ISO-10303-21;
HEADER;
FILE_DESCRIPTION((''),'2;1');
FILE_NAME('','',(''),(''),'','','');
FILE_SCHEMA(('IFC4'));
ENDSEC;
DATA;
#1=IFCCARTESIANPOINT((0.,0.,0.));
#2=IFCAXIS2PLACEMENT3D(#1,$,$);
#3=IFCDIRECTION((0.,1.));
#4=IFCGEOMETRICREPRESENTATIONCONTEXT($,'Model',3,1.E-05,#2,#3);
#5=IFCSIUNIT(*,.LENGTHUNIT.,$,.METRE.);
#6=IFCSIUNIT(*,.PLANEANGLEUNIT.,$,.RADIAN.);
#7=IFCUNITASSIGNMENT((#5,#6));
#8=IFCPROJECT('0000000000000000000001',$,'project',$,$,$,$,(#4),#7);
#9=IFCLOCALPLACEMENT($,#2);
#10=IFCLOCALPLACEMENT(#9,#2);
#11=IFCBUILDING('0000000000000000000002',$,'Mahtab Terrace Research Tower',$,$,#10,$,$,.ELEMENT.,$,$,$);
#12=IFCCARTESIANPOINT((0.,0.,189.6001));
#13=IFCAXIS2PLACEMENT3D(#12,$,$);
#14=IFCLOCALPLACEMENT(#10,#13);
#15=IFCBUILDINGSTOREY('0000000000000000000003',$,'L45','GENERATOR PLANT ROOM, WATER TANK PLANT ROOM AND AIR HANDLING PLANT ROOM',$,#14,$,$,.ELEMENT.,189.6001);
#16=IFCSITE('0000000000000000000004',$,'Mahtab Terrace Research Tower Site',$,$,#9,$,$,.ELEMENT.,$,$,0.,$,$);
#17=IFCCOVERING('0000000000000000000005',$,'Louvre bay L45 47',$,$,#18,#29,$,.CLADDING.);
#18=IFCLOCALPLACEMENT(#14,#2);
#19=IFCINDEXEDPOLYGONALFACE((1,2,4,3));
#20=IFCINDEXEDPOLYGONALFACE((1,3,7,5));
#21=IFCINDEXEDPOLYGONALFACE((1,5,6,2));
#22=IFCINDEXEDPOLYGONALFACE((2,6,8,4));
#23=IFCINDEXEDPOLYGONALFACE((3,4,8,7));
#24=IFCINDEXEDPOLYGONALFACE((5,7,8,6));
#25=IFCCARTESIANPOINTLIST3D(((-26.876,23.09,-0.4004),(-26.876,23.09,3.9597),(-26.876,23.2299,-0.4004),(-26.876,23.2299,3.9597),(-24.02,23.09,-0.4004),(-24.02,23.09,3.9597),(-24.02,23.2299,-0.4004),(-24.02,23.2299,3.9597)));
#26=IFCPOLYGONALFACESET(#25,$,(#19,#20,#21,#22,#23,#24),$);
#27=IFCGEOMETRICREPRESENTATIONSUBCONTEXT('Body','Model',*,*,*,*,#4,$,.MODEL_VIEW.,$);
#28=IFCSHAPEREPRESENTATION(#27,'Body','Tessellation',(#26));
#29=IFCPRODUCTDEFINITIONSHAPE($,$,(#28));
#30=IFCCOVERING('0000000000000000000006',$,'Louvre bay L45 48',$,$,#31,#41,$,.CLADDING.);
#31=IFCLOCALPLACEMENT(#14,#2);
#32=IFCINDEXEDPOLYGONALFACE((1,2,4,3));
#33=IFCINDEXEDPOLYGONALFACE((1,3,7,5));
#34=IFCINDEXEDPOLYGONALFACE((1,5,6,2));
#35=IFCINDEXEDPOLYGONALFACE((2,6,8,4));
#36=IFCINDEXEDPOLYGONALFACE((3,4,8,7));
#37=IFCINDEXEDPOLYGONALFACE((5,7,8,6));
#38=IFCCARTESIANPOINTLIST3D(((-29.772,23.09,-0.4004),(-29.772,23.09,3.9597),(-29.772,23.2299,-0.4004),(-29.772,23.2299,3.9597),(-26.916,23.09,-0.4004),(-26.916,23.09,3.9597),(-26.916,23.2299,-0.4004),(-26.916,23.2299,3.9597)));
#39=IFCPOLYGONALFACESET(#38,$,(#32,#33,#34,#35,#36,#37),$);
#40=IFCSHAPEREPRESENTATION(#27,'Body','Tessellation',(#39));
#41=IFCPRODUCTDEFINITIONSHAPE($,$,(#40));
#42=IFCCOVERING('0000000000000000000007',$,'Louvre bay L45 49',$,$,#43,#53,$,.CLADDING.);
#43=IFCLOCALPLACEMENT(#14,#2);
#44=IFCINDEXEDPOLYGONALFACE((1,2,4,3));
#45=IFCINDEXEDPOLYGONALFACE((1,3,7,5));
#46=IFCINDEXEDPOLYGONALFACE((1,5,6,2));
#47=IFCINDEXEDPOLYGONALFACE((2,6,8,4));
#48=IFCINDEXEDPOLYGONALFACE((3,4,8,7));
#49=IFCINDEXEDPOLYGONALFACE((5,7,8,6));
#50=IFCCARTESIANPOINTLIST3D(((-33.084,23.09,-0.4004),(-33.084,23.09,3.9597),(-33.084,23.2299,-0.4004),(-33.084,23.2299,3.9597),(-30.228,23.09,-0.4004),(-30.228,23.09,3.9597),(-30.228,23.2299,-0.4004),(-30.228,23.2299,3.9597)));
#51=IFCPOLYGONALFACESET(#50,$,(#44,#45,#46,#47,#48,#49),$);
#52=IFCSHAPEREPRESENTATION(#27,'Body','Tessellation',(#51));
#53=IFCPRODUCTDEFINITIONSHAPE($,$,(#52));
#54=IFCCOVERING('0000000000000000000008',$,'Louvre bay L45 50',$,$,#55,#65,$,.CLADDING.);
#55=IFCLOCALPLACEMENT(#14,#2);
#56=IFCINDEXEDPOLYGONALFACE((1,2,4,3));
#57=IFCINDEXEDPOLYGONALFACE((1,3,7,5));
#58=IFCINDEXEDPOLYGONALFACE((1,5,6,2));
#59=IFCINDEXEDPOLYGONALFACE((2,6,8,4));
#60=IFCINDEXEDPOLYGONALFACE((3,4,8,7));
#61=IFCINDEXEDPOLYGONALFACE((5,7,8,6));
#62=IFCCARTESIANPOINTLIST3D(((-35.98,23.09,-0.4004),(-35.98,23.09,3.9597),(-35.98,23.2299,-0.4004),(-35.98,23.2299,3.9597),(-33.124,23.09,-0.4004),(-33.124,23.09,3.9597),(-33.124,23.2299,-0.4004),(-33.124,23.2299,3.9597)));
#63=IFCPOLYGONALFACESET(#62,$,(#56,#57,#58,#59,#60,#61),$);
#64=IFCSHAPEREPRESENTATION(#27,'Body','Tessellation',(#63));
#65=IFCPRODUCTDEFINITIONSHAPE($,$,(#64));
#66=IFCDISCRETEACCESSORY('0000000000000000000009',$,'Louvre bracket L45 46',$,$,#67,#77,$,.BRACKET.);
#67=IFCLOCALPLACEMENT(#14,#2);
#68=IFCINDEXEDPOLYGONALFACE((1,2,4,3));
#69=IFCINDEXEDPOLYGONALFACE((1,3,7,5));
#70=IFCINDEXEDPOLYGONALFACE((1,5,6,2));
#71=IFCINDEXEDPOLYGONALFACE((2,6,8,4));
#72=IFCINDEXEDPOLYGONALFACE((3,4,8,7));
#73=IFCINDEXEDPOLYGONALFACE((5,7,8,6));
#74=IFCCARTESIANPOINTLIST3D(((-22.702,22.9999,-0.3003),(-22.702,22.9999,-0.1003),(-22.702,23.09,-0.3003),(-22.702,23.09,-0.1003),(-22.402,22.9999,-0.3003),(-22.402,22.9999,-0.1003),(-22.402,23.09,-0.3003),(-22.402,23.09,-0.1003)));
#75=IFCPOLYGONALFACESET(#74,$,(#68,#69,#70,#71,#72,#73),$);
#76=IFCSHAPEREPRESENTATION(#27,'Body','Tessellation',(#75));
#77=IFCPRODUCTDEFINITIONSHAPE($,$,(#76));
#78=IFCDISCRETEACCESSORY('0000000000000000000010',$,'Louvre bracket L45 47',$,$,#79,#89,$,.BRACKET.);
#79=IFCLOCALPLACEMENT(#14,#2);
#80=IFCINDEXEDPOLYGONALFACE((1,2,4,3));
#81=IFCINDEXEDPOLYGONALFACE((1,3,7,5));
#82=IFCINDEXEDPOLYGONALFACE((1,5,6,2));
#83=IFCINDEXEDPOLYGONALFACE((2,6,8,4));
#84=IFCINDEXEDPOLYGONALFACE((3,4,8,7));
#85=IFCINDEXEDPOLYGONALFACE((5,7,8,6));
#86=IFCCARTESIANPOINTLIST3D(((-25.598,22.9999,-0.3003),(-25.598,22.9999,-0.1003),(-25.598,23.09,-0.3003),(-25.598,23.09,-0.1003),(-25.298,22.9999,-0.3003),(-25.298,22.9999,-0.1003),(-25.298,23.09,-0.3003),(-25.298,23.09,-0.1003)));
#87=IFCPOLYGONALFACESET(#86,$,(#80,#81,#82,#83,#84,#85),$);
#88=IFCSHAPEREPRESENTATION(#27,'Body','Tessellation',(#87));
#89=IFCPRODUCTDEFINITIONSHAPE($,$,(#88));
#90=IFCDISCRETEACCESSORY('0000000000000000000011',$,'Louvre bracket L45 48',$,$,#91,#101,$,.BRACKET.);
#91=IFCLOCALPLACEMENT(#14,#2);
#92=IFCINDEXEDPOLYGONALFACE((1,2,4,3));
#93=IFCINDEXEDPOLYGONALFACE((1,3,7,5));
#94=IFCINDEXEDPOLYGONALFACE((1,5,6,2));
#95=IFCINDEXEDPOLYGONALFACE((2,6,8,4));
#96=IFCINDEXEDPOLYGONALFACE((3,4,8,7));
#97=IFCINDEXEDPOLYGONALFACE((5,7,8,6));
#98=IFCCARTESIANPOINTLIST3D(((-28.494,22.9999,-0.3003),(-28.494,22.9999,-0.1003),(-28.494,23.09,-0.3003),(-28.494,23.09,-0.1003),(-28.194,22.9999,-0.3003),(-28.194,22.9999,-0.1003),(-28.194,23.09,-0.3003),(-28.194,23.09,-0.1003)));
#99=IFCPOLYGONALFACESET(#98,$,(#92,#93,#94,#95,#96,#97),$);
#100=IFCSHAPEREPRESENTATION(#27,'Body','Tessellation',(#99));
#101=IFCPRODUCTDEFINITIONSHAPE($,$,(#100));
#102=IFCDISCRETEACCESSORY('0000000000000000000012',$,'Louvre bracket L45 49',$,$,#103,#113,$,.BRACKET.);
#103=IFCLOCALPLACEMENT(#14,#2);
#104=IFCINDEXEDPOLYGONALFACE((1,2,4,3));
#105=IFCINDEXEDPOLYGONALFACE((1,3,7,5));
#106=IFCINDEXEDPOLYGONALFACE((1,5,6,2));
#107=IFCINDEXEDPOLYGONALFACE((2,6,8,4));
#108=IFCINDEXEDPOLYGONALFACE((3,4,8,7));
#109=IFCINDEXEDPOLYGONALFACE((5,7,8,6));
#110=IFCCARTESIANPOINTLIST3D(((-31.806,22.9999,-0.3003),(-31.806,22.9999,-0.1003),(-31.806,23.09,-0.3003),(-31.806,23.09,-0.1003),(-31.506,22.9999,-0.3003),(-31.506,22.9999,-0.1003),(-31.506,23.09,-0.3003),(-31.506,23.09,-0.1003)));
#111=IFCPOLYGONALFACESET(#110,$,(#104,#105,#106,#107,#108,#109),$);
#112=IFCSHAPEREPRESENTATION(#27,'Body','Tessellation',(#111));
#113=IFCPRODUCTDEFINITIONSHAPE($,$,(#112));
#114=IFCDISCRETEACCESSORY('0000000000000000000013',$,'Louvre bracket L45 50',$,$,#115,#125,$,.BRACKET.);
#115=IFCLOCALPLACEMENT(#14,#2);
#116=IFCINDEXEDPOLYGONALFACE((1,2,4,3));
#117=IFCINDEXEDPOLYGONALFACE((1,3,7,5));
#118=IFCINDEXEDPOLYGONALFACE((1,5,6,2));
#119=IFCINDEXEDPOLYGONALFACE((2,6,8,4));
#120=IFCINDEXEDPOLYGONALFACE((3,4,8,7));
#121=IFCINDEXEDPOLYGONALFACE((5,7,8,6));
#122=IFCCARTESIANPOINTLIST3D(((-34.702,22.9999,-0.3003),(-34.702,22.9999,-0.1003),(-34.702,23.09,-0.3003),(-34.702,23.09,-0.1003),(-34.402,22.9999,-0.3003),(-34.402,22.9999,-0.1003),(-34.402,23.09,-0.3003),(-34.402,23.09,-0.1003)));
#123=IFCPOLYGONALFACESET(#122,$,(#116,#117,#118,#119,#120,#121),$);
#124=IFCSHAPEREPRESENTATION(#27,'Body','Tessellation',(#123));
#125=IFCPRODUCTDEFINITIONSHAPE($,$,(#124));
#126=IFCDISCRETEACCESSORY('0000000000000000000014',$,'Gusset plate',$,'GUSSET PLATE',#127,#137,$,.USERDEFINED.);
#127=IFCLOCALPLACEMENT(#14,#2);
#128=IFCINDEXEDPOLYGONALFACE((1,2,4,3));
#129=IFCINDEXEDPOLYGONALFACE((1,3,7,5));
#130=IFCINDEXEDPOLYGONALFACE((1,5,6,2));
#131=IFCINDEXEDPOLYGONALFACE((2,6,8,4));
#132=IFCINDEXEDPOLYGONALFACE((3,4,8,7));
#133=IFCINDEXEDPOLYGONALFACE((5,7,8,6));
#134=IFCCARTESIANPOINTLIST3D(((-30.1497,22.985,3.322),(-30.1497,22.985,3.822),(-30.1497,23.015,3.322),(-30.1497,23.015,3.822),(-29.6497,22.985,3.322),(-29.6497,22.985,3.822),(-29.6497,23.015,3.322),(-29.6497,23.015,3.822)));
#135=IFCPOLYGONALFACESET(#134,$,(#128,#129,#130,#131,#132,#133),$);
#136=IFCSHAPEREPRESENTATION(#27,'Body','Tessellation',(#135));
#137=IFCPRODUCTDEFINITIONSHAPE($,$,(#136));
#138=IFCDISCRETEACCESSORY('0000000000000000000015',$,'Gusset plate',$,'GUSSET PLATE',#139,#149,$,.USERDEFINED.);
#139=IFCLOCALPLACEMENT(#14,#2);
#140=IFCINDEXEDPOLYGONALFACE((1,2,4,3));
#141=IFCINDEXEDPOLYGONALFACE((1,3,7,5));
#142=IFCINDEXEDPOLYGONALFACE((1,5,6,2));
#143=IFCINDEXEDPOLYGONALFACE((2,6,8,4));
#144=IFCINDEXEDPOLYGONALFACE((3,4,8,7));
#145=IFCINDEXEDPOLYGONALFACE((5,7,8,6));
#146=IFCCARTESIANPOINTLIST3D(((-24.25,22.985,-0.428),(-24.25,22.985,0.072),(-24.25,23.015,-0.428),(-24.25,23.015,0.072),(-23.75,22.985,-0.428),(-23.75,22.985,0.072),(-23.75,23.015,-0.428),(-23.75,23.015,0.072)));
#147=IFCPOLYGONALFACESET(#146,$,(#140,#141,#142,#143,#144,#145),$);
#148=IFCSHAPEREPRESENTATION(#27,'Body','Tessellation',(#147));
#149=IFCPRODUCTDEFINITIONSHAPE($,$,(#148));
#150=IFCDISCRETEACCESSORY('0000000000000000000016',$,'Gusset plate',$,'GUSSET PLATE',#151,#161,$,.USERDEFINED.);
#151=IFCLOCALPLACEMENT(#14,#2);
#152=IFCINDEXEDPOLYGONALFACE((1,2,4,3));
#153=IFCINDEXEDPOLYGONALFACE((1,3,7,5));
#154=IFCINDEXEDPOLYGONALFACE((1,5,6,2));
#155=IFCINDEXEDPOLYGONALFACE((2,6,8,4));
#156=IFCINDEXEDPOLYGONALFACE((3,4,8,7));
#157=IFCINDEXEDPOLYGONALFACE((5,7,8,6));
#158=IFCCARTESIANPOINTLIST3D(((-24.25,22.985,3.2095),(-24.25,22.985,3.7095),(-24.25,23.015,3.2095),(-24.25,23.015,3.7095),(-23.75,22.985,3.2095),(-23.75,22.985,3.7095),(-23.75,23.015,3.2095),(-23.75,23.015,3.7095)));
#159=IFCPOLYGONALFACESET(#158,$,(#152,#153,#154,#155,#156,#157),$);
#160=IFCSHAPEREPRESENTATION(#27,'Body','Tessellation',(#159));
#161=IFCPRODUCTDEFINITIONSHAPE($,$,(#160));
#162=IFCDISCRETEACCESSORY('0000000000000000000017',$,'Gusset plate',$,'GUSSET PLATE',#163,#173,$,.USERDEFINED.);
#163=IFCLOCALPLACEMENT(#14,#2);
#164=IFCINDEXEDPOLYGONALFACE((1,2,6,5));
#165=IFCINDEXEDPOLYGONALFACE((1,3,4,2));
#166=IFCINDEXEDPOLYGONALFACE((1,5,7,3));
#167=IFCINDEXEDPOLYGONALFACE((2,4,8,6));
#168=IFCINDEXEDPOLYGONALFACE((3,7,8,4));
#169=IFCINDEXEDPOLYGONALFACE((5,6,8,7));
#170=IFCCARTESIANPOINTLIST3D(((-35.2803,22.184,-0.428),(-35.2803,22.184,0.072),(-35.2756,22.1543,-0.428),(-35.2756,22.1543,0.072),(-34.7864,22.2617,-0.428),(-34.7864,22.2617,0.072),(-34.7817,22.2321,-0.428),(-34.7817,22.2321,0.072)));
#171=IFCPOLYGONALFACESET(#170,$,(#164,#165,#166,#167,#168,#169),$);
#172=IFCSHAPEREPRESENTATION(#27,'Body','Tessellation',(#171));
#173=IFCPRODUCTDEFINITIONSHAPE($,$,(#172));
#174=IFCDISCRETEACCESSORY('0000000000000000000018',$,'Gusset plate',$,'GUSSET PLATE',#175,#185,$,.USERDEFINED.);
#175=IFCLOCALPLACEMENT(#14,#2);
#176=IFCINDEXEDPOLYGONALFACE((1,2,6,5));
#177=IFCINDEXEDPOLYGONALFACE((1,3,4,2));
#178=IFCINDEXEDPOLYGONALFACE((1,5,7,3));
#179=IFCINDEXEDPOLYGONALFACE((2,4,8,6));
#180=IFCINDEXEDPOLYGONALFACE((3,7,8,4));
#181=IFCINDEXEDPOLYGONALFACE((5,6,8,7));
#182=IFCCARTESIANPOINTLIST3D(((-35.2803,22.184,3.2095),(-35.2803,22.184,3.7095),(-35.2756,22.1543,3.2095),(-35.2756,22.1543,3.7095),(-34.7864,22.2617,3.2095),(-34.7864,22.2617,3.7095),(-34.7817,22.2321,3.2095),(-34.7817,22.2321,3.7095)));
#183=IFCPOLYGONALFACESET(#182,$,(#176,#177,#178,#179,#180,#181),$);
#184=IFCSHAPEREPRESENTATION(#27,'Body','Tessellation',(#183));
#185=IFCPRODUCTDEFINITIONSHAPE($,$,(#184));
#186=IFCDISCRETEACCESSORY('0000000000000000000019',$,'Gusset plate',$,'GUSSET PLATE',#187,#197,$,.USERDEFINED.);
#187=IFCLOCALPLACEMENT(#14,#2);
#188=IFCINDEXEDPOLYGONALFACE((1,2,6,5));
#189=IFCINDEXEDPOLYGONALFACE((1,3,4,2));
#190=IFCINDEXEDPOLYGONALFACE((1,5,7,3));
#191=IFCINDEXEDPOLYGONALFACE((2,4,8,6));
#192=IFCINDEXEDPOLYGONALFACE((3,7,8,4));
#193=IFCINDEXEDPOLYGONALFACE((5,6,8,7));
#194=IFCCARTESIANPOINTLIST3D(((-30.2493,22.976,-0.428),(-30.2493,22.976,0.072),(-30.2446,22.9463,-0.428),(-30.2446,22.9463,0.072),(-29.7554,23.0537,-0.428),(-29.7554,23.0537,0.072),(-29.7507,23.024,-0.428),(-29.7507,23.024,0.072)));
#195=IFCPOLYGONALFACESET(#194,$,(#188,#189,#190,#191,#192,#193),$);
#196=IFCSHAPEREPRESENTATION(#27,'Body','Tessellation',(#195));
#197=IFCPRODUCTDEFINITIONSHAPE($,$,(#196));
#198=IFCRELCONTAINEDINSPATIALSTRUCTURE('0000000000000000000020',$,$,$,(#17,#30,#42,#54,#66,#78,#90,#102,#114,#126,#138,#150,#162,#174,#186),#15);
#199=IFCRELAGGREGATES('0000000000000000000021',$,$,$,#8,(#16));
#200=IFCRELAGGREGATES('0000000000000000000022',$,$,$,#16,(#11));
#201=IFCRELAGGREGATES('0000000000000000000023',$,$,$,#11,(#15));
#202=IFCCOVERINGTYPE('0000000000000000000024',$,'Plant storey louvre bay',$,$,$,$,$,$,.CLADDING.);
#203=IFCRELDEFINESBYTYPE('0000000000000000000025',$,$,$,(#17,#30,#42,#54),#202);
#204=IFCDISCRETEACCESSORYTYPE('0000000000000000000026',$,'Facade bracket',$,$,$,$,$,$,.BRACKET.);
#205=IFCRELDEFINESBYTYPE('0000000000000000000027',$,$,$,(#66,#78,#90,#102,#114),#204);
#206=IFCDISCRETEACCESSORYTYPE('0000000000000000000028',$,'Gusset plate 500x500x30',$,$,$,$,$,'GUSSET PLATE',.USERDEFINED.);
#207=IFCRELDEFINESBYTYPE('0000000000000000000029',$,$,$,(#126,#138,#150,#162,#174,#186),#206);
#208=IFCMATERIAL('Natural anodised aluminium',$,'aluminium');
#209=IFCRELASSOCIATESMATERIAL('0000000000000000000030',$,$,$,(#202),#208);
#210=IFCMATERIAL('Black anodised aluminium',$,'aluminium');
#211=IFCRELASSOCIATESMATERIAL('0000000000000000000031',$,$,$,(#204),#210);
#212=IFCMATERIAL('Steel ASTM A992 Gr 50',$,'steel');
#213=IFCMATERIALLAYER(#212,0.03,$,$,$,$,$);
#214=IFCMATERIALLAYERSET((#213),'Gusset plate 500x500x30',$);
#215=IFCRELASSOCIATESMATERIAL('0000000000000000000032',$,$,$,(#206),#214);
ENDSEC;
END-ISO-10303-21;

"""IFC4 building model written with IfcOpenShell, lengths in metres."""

from ifc_helpers import new_model, si_unit, direction, frame, origin, origin_2d, place, context, subcontext, project, spatial, rectangle, extrude, material, layer, layer_set, type_object, element, save


model = new_model("IFC4")

# Units and contexts
model_context = context("Model", 3, precision=1e-05, world=origin(), true_north=direction((0.0, 1.0)))
body_context = subcontext(model_context, "Body", "Model", "MODEL_VIEW")
ifc_project = project(units=[si_unit("LENGTHUNIT", "METRE"), si_unit("PLANEANGLEUNIT", "RADIAN")], contexts=[model_context])

# Site, building, storey
site_placement = place(None, origin())
site = spatial("IfcSite", under=ifc_project, at=site_placement, Name="Mahtab Terrace Research Tower Site", CompositionType="ELEMENT", RefElevation=0.0)
building_placement = place(site_placement, origin())
building = spatial("IfcBuilding", under=site, at=building_placement, Name="Mahtab Terrace Research Tower", CompositionType="ELEMENT")
storey_placement = place(building_placement, frame((0.0, 0.0, 189.6001)))
storey = spatial("IfcBuildingStorey", under=building, at=storey_placement, Name="L45", Description="GENERATOR PLANT ROOM, WATER TANK PLANT ROOM AND AIR HANDLING PLANT ROOM", CompositionType="ELEMENT", Elevation=189.6001)

# Shared definitions
ifc_material_1 = material(Name="Steel ASTM A992 Gr 50", Category="steel")

# Coverings
ifc_material_2 = material(Name="Natural anodised aluminium", Category="aluminium")
covering_type = type_object("IfcCoveringType", Name="Plant storey louvre bay", PredefinedType="CLADDING", material=ifc_material_2)
for number, where, z_axis, x_axis, name in (
    (1, (-25.448, 23.1599, -0.4004), (0.0, 0.0, 1.0), (-1.0, 0.0, 0.0), "Louvre bay L45 47"),
    (2, (-28.344, 23.1599, -0.4004), (0.0, 0.0, 1.0), (-1.0, 0.0, 0.0), "Louvre bay L45 48"),
    (3, (-31.656, 23.1599, -0.4004), (0.0, 0.0, 1.0), (-1.0, 0.0, 0.0), "Louvre bay L45 49"),
    (4, (-34.552, 23.1599, -0.4004), (0.0, 0.0, 1.0), (-1.0, 0.0, 0.0), "Louvre bay L45 50"),
):
    element("IfcCovering", number, at=place(storey_placement, frame(where, z_axis=z_axis, x_axis=x_axis)), inside=storey, type_object=covering_type, Name=name, PredefinedType="CLADDING", context=body_context, shape_type="SweptSolid", body=[
        extrude(rectangle(XDim=2.856, YDim=0.1399, at=origin_2d()), origin(), (0.0, 0.0, 1.0), 4.3601),
    ])

# Discrete accessories
ifc_material_3 = material(Name="Black anodised aluminium", Category="aluminium")
discrete_accessory_type_1 = type_object("IfcDiscreteAccessoryType", Name="Facade bracket", PredefinedType="BRACKET", material=ifc_material_3)
for number, where, z_axis, x_axis, name in (
    (5, (-22.552, 23.0449, -0.3003), (0.0, 0.0, 1.0), (-1.0, 0.0, 0.0), "Louvre bracket L45 46"),
    (6, (-25.448, 23.0449, -0.3003), (0.0, 0.0, 1.0), (-1.0, 0.0, 0.0), "Louvre bracket L45 47"),
    (7, (-28.344, 23.0449, -0.3003), (0.0, 0.0, 1.0), (-1.0, 0.0, 0.0), "Louvre bracket L45 48"),
    (8, (-31.656, 23.0449, -0.3003), (0.0, 0.0, 1.0), (-1.0, 0.0, 0.0), "Louvre bracket L45 49"),
    (9, (-34.552, 23.0449, -0.3003), (0.0, 0.0, 1.0), (-1.0, 0.0, 0.0), "Louvre bracket L45 50"),
):
    element("IfcDiscreteAccessory", number, at=place(storey_placement, frame(where, z_axis=z_axis, x_axis=x_axis)), inside=storey, type_object=discrete_accessory_type_1, Name=name, PredefinedType="BRACKET", context=body_context, shape_type="SweptSolid", body=[
        extrude(rectangle(XDim=0.3, YDim=0.0901, at=origin_2d()), origin(), (0.0, 0.0, 1.0), 0.2),
    ])
ifc_layer = layer(ifc_material_1, 0.03)
ifc_layer_set = layer_set([ifc_layer], Name="Gusset plate 500x500x30")
discrete_accessory_type_2 = type_object("IfcDiscreteAccessoryType", Name="Gusset plate 500x500x30", ElementType="GUSSET PLATE", PredefinedType="USERDEFINED", material=ifc_layer_set)
for number, where, z_axis, x_axis, name in (
    (10, (-29.8997, 23.0, 3.322), (0.0, 0.0, 1.0), (1.0, 0.0, 0.0), "Gusset plate"),
    (11, (-24.0, 23.0, -0.428), (0.0, 0.0, 1.0), (1.0, 0.0, 0.0), "Gusset plate"),
    (12, (-24.0, 23.0, 3.2095), (0.0, 0.0, 1.0), (1.0, 0.0, 0.0), "Gusset plate"),
    (13, (-35.031, 22.208, -0.428), (0.0, 0.0, 1.0), (0.987835, 0.155504, 0.0), "Gusset plate"),
    (14, (-35.031, 22.208, 3.2095), (0.0, 0.0, 1.0), (0.987835, 0.155504, 0.0), "Gusset plate"),
    (15, (-30.0, 23.0, -0.428), (0.0, 0.0, 1.0), (0.987835, 0.155504, 0.0), "Gusset plate"),
):
    element("IfcDiscreteAccessory", number, at=place(storey_placement, frame(where, z_axis=z_axis, x_axis=x_axis)), inside=storey, type_object=discrete_accessory_type_2, Name=name, ObjectType="GUSSET PLATE", PredefinedType="USERDEFINED", context=body_context, shape_type="SweptSolid", body=[
        extrude(rectangle(XDim=0.5, YDim=0.03, at=origin_2d()), origin(), (0.0, 0.0, 1.0), 0.5),
    ])

save(model, "model.ifc")
